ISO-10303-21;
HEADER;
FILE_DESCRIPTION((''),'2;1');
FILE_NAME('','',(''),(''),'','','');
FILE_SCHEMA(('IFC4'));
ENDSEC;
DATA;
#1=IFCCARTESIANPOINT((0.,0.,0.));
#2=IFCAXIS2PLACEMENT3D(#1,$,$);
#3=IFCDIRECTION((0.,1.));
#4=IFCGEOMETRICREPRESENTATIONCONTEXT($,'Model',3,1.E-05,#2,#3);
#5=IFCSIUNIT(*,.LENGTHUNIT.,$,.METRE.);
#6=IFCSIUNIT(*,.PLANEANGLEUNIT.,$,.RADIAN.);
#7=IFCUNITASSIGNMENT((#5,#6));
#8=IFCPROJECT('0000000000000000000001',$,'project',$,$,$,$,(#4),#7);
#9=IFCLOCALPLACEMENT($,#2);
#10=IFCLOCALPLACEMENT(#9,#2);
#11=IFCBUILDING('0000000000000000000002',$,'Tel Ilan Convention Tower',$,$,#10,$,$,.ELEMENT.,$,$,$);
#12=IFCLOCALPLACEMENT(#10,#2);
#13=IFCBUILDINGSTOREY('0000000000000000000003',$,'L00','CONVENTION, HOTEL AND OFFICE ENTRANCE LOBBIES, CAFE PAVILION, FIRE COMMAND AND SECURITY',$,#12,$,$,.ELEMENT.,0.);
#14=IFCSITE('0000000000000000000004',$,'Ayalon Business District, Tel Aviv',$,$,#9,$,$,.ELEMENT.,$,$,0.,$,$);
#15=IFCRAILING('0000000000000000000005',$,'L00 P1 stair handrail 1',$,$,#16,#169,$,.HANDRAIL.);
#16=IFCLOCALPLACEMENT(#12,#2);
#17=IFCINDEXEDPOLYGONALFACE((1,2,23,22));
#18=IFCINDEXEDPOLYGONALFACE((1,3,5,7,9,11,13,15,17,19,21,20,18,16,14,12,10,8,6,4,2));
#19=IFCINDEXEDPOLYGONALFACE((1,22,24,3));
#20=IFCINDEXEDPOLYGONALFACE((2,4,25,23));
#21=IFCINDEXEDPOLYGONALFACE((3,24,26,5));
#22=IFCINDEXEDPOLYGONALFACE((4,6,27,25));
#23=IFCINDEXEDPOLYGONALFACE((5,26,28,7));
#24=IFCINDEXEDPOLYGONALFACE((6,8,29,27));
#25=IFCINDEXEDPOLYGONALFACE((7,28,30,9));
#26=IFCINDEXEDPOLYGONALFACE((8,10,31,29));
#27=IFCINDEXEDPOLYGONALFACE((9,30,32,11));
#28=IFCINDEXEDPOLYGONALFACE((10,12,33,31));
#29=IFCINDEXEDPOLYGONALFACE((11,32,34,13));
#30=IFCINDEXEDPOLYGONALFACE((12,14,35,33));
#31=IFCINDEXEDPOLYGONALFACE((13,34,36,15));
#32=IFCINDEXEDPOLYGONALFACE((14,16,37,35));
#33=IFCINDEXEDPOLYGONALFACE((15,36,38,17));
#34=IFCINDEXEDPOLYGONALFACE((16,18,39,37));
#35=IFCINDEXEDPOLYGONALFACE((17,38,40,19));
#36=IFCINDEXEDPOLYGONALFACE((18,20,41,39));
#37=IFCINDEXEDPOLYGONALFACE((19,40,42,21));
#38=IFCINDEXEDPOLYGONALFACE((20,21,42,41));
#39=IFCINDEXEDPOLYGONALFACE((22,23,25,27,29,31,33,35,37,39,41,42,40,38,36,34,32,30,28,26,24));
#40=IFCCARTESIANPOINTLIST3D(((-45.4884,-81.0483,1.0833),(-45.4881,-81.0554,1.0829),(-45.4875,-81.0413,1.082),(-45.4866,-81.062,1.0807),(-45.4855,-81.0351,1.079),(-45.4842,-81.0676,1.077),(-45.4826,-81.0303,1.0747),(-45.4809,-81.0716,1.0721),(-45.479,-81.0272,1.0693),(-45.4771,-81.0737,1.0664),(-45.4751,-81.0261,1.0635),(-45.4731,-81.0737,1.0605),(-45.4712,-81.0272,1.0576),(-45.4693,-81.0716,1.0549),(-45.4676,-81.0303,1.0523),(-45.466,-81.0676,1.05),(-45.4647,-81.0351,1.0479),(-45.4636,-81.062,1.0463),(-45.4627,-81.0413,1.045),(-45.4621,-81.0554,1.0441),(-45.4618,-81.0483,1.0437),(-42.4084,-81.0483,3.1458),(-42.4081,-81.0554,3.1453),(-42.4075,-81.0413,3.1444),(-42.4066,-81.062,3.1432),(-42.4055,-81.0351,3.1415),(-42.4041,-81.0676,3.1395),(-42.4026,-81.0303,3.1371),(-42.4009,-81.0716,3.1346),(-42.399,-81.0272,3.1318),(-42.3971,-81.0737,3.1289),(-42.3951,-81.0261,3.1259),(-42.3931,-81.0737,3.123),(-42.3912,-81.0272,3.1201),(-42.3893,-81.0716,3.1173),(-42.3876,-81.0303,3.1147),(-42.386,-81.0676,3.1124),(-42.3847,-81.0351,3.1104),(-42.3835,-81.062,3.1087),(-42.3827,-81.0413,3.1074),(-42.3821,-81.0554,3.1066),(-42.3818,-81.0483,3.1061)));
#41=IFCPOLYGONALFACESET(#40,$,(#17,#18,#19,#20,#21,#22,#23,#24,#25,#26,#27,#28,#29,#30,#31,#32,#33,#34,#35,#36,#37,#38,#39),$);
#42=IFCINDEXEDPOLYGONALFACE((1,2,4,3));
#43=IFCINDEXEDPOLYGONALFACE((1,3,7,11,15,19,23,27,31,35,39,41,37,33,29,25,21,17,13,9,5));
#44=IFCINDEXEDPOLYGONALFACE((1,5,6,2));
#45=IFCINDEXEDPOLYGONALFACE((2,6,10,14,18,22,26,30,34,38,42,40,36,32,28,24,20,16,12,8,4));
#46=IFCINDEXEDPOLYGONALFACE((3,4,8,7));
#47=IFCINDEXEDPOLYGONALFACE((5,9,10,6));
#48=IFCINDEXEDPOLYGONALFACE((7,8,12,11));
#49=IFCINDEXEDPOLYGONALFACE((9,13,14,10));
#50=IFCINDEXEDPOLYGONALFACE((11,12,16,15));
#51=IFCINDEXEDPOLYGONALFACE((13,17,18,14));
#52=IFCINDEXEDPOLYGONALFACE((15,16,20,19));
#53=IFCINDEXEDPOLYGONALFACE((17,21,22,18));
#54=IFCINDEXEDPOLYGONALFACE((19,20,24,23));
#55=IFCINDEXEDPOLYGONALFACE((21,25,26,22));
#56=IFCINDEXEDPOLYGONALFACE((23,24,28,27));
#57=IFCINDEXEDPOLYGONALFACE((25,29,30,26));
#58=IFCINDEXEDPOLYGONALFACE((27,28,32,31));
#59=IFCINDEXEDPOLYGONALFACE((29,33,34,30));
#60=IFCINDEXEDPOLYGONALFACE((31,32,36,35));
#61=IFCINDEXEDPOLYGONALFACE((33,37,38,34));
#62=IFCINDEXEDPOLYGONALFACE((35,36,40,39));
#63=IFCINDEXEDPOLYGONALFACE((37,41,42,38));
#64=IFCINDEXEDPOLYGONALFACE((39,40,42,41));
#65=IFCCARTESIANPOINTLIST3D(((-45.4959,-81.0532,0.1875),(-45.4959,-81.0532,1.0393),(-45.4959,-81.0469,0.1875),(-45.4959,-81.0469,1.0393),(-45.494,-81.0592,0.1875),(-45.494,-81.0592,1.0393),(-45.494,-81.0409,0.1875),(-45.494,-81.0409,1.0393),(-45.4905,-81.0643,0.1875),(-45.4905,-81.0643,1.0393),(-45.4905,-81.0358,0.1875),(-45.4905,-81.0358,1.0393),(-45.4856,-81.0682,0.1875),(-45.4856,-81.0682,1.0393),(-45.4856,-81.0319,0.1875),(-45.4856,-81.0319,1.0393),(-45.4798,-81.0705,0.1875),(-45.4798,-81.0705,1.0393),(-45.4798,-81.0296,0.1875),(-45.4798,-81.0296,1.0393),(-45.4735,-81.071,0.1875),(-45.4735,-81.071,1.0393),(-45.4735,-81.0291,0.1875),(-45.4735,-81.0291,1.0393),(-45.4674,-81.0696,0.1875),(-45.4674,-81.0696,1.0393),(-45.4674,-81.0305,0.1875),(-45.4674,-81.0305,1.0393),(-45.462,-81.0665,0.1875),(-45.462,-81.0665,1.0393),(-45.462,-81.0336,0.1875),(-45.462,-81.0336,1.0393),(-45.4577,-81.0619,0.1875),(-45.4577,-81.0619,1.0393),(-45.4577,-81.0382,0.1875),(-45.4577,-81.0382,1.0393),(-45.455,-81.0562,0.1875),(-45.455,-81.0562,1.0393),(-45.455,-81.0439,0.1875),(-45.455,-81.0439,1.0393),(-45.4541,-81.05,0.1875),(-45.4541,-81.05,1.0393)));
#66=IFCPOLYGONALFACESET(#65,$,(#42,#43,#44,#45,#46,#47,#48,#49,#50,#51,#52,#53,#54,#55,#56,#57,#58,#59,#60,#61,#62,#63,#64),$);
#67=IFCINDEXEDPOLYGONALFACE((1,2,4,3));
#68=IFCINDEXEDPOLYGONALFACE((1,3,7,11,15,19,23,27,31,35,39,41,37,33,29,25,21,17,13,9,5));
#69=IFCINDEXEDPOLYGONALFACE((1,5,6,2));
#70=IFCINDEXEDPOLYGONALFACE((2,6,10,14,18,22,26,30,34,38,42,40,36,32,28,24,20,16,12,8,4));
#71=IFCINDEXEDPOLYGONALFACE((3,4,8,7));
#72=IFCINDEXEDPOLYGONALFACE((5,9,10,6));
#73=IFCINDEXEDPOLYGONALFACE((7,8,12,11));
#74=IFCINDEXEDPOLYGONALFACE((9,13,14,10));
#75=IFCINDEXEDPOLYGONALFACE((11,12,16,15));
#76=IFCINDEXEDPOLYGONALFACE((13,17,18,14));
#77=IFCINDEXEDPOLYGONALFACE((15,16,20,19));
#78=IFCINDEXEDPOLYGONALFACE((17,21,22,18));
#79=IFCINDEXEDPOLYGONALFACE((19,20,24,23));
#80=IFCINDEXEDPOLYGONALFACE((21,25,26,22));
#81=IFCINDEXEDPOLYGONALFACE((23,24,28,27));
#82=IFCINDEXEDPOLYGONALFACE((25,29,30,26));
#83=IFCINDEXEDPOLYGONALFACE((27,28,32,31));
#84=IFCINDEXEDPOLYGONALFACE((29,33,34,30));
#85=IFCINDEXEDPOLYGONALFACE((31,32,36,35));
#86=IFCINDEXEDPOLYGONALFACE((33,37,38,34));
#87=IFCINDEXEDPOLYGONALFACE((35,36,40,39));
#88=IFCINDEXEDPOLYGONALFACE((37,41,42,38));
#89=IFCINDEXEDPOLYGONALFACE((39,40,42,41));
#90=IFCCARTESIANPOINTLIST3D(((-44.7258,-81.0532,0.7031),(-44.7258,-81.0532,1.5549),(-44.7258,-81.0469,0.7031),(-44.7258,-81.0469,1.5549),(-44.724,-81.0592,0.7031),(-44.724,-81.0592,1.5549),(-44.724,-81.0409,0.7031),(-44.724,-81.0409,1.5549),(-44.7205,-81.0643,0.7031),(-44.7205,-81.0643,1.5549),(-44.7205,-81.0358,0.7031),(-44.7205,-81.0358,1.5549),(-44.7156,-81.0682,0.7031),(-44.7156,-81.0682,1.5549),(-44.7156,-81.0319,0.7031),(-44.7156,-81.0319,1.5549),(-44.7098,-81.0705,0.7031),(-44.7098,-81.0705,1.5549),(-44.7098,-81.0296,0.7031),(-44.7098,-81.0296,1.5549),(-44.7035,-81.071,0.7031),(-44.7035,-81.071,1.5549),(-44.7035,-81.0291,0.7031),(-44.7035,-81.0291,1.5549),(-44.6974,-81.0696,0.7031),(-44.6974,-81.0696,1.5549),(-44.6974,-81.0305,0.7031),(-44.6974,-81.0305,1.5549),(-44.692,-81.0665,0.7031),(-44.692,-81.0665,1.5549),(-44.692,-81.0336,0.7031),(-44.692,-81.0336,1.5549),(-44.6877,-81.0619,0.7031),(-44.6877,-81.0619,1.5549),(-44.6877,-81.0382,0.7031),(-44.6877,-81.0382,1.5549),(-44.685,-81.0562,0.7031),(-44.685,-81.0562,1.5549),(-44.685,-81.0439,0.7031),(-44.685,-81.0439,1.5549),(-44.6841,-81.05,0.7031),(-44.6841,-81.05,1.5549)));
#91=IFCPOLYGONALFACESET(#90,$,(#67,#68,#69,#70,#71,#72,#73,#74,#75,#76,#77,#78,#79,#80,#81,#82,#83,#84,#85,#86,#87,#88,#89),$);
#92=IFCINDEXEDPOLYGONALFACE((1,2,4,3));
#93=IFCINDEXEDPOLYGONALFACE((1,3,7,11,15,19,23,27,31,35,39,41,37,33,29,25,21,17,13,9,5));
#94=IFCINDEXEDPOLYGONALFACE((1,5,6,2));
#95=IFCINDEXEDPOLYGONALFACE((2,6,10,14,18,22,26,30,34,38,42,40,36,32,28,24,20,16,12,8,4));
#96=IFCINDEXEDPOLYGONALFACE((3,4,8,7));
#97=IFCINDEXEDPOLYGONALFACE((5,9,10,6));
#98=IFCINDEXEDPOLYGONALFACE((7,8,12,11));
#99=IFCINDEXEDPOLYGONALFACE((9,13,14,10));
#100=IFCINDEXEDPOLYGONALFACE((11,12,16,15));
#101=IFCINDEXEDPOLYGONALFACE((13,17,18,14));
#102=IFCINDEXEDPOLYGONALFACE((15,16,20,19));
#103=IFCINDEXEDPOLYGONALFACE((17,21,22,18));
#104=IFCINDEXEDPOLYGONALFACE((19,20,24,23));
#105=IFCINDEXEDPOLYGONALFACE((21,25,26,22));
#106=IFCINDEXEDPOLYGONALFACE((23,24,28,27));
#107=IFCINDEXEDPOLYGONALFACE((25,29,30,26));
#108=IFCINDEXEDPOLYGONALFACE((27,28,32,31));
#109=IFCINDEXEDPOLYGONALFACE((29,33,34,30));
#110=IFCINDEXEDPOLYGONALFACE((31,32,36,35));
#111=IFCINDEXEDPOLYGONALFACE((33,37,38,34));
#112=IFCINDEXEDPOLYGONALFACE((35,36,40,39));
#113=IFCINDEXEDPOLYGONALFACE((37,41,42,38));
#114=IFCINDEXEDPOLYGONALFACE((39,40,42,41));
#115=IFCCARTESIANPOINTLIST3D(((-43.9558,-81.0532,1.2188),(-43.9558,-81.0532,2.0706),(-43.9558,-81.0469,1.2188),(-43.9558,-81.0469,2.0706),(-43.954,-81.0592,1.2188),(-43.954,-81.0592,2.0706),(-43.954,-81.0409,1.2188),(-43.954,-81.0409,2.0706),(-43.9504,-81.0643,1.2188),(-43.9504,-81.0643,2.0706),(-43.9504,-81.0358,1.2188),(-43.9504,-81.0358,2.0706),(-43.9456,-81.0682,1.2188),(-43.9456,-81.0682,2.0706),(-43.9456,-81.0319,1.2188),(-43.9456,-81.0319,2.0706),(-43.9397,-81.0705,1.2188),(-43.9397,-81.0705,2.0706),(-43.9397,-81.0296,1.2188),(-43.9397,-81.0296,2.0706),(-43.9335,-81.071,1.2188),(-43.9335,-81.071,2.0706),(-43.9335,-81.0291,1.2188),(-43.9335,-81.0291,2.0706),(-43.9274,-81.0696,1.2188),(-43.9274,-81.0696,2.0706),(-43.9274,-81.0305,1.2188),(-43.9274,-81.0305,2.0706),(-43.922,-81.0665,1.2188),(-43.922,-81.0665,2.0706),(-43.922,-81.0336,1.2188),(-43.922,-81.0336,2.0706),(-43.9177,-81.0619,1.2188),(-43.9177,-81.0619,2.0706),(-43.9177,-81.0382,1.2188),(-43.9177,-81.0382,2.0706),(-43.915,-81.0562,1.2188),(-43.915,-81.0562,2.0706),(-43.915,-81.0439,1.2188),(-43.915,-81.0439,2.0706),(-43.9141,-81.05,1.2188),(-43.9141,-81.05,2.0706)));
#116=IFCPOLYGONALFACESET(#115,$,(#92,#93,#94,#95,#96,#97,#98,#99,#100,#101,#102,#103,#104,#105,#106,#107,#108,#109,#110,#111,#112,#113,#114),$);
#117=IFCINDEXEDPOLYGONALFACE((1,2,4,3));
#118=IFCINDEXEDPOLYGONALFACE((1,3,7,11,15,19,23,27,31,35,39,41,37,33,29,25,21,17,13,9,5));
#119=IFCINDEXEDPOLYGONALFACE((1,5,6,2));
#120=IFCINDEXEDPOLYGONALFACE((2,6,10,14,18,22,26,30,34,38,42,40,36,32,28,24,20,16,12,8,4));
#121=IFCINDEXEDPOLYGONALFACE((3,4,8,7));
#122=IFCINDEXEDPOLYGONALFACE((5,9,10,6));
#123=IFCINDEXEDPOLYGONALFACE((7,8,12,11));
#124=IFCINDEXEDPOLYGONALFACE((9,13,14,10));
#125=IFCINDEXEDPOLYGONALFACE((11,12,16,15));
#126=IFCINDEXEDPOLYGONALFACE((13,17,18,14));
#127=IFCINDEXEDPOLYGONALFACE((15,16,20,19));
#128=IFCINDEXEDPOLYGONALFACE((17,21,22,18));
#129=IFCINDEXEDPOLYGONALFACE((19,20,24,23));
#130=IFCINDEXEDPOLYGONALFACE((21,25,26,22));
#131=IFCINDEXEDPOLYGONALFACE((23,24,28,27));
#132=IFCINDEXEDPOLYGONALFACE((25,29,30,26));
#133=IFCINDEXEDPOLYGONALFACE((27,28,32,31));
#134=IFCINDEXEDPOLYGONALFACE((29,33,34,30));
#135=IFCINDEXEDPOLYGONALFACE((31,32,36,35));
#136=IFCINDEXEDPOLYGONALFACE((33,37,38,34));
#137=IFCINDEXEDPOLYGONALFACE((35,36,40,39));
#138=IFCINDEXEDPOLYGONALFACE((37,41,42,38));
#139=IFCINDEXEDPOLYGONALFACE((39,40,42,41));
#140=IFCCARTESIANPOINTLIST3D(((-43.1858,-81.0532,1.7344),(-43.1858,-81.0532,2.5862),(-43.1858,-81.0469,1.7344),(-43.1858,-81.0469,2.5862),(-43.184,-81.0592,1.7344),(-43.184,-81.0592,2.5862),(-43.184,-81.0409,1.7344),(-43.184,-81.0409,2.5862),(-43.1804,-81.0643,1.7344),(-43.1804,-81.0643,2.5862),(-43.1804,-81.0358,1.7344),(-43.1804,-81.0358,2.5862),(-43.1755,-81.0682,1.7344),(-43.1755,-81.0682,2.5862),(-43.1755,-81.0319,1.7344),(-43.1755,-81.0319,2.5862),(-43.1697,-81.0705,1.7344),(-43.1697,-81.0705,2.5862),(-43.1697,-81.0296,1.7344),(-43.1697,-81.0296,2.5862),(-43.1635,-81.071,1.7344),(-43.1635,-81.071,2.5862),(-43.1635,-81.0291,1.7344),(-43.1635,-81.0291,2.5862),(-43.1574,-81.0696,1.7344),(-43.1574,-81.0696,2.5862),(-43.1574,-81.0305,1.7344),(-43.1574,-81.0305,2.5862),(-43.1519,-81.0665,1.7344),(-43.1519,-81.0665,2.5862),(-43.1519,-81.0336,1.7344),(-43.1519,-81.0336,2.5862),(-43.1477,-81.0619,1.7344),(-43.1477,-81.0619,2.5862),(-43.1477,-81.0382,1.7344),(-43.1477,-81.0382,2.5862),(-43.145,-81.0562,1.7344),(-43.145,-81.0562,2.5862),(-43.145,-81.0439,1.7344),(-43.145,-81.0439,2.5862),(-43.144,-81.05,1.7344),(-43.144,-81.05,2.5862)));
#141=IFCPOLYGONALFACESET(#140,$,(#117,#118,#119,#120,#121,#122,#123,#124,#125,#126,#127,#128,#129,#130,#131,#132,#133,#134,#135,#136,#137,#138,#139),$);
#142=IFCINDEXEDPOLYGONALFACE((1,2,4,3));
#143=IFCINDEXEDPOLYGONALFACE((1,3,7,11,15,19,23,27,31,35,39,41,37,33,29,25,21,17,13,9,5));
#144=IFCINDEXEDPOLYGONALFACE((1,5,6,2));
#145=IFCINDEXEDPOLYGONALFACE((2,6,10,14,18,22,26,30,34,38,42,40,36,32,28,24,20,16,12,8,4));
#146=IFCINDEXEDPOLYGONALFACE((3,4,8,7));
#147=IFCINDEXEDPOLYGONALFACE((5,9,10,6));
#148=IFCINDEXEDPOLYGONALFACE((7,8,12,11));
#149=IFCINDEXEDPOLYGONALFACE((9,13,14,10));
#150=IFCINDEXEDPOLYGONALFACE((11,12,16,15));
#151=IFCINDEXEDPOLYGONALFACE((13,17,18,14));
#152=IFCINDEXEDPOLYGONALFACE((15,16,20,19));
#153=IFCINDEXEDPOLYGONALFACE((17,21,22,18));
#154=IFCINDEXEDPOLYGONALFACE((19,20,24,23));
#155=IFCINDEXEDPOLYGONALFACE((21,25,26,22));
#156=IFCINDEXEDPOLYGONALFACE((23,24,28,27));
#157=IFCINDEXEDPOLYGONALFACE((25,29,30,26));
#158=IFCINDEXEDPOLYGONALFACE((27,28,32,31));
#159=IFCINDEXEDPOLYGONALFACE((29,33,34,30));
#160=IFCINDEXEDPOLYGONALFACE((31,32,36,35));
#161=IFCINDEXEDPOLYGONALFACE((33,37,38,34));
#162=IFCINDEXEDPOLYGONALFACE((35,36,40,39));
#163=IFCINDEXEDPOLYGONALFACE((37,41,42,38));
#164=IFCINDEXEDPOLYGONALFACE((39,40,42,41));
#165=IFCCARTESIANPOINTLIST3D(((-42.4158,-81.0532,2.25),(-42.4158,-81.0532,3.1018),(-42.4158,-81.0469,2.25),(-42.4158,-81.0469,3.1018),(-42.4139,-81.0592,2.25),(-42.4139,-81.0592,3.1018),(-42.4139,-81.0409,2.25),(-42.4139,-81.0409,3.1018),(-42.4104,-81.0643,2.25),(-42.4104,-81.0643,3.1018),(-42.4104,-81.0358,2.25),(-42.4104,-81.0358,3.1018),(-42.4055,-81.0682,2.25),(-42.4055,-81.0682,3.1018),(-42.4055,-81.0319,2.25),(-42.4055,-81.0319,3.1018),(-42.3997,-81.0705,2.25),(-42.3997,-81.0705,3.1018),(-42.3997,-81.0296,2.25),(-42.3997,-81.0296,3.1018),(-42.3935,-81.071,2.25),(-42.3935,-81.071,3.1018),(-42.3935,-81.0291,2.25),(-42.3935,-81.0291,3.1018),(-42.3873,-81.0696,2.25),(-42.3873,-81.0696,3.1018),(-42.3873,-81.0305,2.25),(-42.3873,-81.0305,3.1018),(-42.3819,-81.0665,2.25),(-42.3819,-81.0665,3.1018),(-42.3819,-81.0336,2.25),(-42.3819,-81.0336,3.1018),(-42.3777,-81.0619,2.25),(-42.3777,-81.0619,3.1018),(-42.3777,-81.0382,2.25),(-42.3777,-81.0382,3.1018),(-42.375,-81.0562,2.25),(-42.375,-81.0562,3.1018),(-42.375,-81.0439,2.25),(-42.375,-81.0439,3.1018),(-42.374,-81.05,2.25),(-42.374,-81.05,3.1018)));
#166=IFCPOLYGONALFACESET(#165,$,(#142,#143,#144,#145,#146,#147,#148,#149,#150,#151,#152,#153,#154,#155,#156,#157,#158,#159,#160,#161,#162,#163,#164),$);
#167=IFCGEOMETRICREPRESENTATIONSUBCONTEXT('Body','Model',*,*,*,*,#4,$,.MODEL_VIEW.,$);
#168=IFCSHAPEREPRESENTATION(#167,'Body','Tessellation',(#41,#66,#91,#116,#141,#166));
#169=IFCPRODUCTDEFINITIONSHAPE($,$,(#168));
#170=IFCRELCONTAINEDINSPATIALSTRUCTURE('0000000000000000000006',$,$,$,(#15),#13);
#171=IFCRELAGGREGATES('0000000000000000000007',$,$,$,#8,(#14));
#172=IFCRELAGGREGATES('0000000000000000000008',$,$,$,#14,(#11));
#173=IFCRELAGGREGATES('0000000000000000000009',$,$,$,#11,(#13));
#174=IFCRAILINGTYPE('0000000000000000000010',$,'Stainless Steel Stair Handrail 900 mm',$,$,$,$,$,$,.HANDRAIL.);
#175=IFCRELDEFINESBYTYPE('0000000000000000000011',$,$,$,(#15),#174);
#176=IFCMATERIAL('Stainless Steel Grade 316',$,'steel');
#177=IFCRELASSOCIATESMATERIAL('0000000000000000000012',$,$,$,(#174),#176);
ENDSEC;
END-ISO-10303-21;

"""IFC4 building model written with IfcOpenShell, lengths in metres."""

from ifc_helpers import new_model, si_unit, direction, frame, origin, origin_2d, place, context, subcontext, project, spatial, circle, extrude, material, type_object, element, save


model = new_model("IFC4")

# Units and contexts
model_context = context("Model", 3, precision=1e-05, world=origin(), true_north=direction((0.0, 1.0)))
body_context = subcontext(model_context, "Body", "Model", "MODEL_VIEW")
ifc_project = project(units=[si_unit("LENGTHUNIT", "METRE"), si_unit("PLANEANGLEUNIT", "RADIAN")], contexts=[model_context])

# Site, building, storey
site_placement = place(None, origin())
site = spatial("IfcSite", under=ifc_project, at=site_placement, Name="Ayalon Business District, Tel Aviv", CompositionType="ELEMENT", RefElevation=0.0)
building_placement = place(site_placement, origin())
building = spatial("IfcBuilding", under=site, at=building_placement, Name="Tel Ilan Convention Tower", CompositionType="ELEMENT")
storey_placement = place(building_placement, origin())
storey = spatial("IfcBuildingStorey", under=building, at=storey_placement, Name="L00", Description="CONVENTION, HOTEL AND OFFICE ENTRANCE LOBBIES, CAFE PAVILION, FIRE COMMAND AND SECURITY", CompositionType="ELEMENT", Elevation=0.0)

# Railing
ifc_material_1 = material(Name="Stainless Steel Grade 316", Category="steel")
railing_type_1 = type_object("IfcRailingType", Name="Stainless Steel Stair Handrail 900 mm", PredefinedType="HANDRAIL", material=ifc_material_1)
for number, where, name in (
    (1, (-45.4751, -81.05, 0.1875), "L00 P1 stair handrail 1"),
):
    element("IfcRailing", number, at=place(storey_placement, frame(where)), inside=storey, type_object=railing_type_1, Name=name, PredefinedType="HANDRAIL", context=body_context, shape_type="SweptSolid", body=[
        extrude(circle(Radius=0.0239, at=origin_2d()), frame((0.0, 0.0, 0.876), z_axis=(0.830914, 0.0, 0.556401), x_axis=(0.0, 1.0, 0.0)), (0.0, 0.0, 1.0), 3.7068),
        extrude(circle(Radius=0.021, at=origin_2d()), origin(), (0.0, 0.0, 1.0), 0.8518),
        extrude(circle(Radius=0.021, at=origin_2d()), frame((0.77, 0.0, 0.5156)), (0.0, 0.0, 1.0), 0.8518),
        extrude(circle(Radius=0.021, at=origin_2d()), frame((1.54, 0.0, 1.0312)), (0.0, 0.0, 1.0), 0.8518),
        extrude(circle(Radius=0.021, at=origin_2d()), frame((2.3101, 0.0, 1.5469)), (0.0, 0.0, 1.0), 0.8518),
        extrude(circle(Radius=0.021, at=origin_2d()), frame((3.0801, 0.0, 2.0625)), (0.0, 0.0, 1.0), 0.8518),
    ])

save(model, "model.ifc")
